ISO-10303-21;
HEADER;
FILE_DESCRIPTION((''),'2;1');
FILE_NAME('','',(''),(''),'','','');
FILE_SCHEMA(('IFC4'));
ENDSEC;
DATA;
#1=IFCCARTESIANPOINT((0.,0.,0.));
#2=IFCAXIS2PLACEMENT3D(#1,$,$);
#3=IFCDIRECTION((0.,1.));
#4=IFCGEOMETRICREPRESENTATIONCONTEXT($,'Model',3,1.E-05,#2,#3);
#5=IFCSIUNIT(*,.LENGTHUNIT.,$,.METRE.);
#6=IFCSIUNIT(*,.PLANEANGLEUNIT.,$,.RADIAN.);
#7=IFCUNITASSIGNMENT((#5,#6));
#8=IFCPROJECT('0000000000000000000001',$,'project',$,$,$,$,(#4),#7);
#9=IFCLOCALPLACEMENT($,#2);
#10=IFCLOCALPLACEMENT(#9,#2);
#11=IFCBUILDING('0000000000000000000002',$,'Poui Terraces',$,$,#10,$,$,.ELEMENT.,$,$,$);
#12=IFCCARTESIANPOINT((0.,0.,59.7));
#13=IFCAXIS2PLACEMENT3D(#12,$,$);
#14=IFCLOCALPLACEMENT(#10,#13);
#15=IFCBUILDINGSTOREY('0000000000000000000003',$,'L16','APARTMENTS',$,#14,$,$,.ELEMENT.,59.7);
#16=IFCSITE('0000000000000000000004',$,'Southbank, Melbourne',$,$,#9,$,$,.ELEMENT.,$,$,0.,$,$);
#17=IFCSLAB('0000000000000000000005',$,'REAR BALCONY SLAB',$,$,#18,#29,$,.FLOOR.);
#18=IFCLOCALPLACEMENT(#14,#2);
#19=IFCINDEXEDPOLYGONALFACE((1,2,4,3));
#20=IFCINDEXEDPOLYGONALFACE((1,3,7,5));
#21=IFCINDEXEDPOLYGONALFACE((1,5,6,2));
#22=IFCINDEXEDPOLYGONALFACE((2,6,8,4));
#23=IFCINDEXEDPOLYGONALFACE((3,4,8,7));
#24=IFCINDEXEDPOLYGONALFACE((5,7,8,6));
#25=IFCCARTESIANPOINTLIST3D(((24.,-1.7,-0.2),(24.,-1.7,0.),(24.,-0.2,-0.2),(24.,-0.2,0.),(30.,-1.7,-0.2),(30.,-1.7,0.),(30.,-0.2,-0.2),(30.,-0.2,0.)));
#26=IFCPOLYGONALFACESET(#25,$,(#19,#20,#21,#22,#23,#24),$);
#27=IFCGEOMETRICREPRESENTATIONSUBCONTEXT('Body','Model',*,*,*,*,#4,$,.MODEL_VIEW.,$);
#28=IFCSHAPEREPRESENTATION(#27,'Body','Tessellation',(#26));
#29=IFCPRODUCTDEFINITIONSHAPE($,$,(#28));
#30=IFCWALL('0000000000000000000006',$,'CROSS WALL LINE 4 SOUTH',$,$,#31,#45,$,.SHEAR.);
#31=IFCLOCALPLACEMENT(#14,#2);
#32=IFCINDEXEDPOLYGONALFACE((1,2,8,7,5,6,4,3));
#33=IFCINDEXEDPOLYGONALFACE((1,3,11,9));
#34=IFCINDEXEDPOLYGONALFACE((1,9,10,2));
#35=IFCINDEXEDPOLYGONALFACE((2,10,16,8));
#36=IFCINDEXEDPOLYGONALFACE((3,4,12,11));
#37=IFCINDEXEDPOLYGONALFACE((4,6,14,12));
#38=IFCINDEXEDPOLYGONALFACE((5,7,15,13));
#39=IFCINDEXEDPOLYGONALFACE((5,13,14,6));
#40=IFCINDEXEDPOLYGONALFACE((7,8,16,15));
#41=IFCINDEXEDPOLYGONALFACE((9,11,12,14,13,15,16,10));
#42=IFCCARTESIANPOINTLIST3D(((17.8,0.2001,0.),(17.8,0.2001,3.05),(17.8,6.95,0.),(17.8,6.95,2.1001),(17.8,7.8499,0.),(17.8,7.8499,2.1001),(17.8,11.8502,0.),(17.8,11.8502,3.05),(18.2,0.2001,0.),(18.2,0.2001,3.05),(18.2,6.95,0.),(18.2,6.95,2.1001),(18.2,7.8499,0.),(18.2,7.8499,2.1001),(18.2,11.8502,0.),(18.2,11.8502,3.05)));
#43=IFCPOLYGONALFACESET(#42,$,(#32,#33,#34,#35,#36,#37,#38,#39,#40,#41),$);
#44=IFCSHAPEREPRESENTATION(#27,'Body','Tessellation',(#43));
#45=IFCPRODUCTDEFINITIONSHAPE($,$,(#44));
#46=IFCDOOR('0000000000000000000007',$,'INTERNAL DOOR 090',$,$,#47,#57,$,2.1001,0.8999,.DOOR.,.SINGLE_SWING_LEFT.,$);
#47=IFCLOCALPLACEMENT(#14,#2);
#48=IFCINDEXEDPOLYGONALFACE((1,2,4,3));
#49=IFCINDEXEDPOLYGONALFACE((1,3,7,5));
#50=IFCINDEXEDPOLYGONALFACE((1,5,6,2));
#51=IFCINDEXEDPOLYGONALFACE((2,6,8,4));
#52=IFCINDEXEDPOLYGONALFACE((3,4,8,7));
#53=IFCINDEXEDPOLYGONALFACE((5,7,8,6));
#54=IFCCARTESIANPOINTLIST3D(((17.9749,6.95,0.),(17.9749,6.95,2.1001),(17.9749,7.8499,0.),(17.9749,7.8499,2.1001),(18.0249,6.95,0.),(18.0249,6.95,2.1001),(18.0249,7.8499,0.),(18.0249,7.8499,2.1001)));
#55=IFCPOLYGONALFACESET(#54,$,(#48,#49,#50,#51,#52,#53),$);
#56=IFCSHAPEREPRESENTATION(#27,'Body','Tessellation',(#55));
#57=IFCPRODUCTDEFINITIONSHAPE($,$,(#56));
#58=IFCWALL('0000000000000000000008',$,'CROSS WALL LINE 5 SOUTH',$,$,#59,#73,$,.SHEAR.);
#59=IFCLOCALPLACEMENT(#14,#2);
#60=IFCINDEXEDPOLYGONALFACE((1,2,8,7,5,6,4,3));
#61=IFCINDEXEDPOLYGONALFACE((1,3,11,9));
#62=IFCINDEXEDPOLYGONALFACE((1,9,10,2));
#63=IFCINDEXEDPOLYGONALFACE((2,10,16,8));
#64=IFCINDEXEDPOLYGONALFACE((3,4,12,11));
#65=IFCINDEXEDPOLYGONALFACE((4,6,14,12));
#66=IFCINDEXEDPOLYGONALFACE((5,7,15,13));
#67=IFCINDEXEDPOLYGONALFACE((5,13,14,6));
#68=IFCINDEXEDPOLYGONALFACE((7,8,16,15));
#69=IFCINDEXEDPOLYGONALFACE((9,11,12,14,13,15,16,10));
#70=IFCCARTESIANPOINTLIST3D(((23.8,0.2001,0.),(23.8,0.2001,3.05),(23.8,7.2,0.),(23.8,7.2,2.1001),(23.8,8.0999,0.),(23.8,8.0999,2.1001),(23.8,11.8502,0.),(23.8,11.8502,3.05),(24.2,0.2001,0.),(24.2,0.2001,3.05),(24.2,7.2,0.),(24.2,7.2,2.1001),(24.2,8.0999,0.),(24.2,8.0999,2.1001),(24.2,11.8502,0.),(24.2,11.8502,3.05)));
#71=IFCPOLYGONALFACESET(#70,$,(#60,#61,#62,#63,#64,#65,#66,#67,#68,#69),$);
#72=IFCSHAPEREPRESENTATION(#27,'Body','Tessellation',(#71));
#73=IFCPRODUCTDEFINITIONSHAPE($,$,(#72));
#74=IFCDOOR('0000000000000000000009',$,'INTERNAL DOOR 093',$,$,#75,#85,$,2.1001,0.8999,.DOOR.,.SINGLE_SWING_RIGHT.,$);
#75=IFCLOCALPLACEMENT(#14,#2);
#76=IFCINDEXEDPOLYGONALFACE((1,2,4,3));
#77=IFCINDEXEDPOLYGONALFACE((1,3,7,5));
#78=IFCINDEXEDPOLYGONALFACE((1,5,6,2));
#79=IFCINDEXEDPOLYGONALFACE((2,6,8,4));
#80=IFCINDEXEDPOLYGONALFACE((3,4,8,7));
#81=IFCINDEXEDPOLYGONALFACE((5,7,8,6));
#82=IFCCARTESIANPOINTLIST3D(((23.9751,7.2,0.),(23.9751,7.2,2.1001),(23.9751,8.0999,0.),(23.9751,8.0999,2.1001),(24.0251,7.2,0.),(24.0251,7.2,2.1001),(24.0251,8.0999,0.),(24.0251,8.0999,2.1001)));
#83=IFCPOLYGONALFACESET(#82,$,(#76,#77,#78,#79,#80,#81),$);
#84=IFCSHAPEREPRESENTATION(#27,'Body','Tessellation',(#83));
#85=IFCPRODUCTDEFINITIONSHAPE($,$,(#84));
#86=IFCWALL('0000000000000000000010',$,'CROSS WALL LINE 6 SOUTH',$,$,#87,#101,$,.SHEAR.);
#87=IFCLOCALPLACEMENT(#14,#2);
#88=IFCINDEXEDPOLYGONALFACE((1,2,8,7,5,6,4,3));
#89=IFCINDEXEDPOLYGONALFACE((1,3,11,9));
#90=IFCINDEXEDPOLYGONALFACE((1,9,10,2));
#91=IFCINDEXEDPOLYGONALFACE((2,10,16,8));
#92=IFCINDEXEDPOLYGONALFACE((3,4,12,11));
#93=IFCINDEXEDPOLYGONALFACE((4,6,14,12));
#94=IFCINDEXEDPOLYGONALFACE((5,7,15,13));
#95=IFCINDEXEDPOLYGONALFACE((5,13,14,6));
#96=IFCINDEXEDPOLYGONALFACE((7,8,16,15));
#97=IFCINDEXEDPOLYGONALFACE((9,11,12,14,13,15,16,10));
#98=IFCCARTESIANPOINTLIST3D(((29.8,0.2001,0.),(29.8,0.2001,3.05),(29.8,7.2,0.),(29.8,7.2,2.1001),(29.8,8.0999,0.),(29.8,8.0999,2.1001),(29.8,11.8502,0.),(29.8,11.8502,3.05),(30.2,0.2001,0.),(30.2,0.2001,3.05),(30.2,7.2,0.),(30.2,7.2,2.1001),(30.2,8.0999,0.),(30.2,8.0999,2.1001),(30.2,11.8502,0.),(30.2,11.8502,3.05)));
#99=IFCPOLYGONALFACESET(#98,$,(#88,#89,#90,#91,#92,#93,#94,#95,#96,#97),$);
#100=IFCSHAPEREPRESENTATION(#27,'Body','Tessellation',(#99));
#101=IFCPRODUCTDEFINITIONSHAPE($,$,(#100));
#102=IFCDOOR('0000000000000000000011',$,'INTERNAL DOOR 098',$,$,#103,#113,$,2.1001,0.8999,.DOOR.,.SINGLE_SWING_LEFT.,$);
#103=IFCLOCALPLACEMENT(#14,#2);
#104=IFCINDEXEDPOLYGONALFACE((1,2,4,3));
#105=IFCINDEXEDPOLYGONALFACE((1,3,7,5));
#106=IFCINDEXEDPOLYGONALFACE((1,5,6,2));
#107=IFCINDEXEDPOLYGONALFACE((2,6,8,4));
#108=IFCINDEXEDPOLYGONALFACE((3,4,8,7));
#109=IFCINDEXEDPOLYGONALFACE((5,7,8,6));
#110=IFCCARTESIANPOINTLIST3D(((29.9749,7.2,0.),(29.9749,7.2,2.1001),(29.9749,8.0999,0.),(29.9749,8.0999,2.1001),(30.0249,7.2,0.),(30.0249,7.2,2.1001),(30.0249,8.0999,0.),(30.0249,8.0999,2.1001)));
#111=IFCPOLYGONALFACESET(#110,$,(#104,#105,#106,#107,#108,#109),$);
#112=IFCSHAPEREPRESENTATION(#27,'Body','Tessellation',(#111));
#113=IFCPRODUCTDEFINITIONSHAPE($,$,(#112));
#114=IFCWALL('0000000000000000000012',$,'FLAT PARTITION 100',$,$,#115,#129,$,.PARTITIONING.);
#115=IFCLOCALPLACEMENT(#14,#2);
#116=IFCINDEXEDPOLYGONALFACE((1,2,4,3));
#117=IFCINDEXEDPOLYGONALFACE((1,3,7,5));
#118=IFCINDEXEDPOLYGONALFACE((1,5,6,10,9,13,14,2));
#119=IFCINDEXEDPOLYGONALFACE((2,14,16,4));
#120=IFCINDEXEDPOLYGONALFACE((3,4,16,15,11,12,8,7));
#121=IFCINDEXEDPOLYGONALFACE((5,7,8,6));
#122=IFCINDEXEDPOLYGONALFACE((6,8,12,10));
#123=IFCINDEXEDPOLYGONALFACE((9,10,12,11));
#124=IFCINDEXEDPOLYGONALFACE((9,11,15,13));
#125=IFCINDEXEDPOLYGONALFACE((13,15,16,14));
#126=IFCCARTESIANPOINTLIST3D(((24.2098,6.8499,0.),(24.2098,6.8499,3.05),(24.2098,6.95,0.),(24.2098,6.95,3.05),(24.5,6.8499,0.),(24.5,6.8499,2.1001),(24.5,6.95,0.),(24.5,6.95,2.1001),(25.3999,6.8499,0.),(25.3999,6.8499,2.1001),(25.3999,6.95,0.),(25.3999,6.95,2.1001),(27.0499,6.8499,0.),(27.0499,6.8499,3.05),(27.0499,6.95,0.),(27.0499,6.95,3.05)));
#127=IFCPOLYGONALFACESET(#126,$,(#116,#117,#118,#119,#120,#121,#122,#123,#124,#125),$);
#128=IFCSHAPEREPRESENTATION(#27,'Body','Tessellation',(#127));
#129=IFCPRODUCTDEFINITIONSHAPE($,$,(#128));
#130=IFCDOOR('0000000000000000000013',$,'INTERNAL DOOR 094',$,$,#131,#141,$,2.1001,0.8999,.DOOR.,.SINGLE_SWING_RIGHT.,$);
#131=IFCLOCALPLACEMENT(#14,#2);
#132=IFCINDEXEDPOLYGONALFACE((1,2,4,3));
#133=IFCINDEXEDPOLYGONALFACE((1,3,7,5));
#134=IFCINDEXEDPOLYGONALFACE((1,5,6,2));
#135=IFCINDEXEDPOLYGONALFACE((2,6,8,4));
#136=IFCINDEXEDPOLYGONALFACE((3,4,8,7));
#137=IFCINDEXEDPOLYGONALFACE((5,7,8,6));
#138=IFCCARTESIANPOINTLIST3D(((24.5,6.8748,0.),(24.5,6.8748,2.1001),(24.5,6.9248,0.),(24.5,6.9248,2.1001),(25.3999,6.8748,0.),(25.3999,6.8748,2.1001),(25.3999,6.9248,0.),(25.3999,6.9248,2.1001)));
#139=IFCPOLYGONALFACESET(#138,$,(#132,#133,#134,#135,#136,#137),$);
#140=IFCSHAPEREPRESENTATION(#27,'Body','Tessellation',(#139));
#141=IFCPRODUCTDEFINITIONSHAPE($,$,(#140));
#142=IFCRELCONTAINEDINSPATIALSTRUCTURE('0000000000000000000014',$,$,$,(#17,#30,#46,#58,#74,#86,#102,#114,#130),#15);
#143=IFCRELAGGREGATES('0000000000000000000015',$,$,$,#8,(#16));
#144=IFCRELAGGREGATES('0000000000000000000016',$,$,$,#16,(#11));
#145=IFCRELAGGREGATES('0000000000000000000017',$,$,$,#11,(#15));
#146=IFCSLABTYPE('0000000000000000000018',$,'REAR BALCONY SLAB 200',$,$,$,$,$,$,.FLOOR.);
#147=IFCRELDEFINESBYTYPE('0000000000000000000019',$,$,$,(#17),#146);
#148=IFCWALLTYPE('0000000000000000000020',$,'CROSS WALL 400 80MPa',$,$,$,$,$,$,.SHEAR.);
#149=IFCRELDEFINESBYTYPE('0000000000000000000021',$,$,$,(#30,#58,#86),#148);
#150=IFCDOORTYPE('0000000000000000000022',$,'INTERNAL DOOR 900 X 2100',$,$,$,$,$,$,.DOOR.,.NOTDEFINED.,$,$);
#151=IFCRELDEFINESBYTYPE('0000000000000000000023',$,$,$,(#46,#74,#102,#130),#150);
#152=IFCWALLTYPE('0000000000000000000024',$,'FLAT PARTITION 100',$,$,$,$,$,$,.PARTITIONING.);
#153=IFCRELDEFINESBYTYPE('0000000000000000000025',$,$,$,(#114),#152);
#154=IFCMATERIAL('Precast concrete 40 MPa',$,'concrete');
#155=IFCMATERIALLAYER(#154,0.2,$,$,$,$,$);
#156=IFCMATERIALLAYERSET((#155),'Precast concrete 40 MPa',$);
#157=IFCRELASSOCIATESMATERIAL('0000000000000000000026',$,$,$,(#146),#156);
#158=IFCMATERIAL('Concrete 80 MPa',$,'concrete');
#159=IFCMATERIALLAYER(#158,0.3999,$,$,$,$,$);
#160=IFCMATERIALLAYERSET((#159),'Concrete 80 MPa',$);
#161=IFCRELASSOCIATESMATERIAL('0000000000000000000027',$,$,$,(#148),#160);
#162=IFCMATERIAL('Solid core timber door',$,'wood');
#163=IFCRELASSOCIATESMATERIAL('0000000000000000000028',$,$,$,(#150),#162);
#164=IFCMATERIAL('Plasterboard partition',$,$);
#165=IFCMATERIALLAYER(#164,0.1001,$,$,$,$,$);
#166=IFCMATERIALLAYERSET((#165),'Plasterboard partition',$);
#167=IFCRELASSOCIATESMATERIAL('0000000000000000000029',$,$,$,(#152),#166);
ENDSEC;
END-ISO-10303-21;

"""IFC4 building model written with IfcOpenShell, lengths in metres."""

from ifc_helpers import new_model, si_unit, direction, frame, frame_2d, origin, place, context, subcontext, project, spatial, polyline, rectangle, outline, extrude, source, transform, mapped, material, layer, layer_set, type_object, element, fill, save


model = new_model("IFC4")

# Units and contexts
model_context = context("Model", 3, precision=1e-05, world=origin(), true_north=direction((0.0, 1.0)))
body_context = subcontext(model_context, "Body", "Model", "MODEL_VIEW")
ifc_project = project(units=[si_unit("LENGTHUNIT", "METRE"), si_unit("PLANEANGLEUNIT", "RADIAN")], contexts=[model_context])

# Site, building, storey
site_placement = place(None, origin())
site = spatial("IfcSite", under=ifc_project, at=site_placement, Name="Southbank, Melbourne", CompositionType="ELEMENT", RefElevation=0.0)
building_placement = place(site_placement, origin())
building = spatial("IfcBuilding", under=site, at=building_placement, Name="Poui Terraces", CompositionType="ELEMENT")
storey_placement = place(building_placement, frame((0.0, 0.0, 59.7)))
storey = spatial("IfcBuildingStorey", under=building, at=storey_placement, Name="L16", Description="APARTMENTS", CompositionType="ELEMENT", Elevation=59.7)

# Slab
ifc_material_1 = material(Name="Precast concrete 40 MPa", Category="concrete")
ifc_layer_1 = layer(ifc_material_1, 0.2)
ifc_layer_set_1 = layer_set([ifc_layer_1], Name="Precast concrete 40 MPa")
slab_type = type_object("IfcSlabType", Name="REAR BALCONY SLAB 200", PredefinedType="FLOOR", material=ifc_layer_set_1)
shared_shape_1 = source(origin(), body_context, "Body", "SweptSolid", [
    extrude(outline(polyline([(0.0, 0.0), (6.0, 0.0), (6.0, 1.5), (0.0, 1.5), (0.0, 0.0)])), origin(), (0.0, 0.0, 1.0), 0.2),
])
slab_placement = place(storey_placement, frame((24.0, -1.7, -0.2)))
element("IfcSlab", 1, at=slab_placement, inside=storey, type_object=slab_type, Name="REAR BALCONY SLAB", PredefinedType="FLOOR", context=body_context, shape_type="MappedRepresentation", body=[
    mapped(shared_shape_1, transform((0.0, 0.0, 0.0))),
])

# Walls, openings, doors
ifc_material_2 = material(Name="Concrete 80 MPa", Category="concrete")
ifc_layer_2 = layer(ifc_material_2, 0.3999)
ifc_layer_set_2 = layer_set([ifc_layer_2], Name="Concrete 80 MPa")
wall_type_1 = type_object("IfcWallType", Name="CROSS WALL 400 80MPa", PredefinedType="SHEAR", material=ifc_layer_set_2)
wall_1_placement = place(storey_placement, frame((18.0, 0.2, 0.0), z_axis=(0.0, 0.0, 1.0), x_axis=(0.0, 1.0, 0.0)))
wall_1 = element("IfcWall", 2, at=wall_1_placement, inside=storey, type_object=wall_type_1, Name="CROSS WALL LINE 4 SOUTH", PredefinedType="SHEAR", context=body_context, shape_type="SweptSolid", body=[
    extrude(rectangle(XDim=11.6501, YDim=0.3999, at=frame_2d((5.8252, 0.0))), origin(), (0.0, 0.0, 1.0), 3.05),
])
opening_1_placement = place(wall_1_placement, frame((6.75, 0.0, 0.0)))
opening_1 = element("IfcOpeningElement", 3, at=opening_1_placement, cuts=wall_1, PredefinedType="OPENING", context=body_context, shape_type="SweptSolid", body=[
    extrude(rectangle(XDim=0.8999, YDim=2.1001, at=frame_2d((0.45, 1.05))), frame((0.0, 0.21, 0.0), z_axis=(0.0, -1.0, 0.0), x_axis=(1.0, 0.0, 0.0)), (0.0, 0.0, 1.0), 0.4199),
])
ifc_material_3 = material(Name="Solid core timber door", Category="wood")
door_type_1 = type_object("IfcDoorType", Name="INTERNAL DOOR 900 X 2100", OperationType="NOTDEFINED", PredefinedType="DOOR", material=ifc_material_3)
door_1_placement = place(opening_1_placement, frame((0.8999, 0.0, 0.0), z_axis=(0.0, 0.0, 1.0), x_axis=(-1.0, 0.0, 0.0)))
door_1 = element("IfcDoor", 4, at=door_1_placement, inside=storey, type_object=door_type_1, Name="INTERNAL DOOR 090", OperationType="SINGLE_SWING_LEFT", OverallHeight=2.1001, OverallWidth=0.8999, PredefinedType="DOOR", context=body_context, shape_type="SweptSolid", body=[
    extrude(rectangle(XDim=0.8999, YDim=2.1001, at=frame_2d((0.45, 1.05))), frame((0.0, 0.0249, 0.0), z_axis=(0.0, -1.0, 0.0), x_axis=(1.0, 0.0, 0.0)), (0.0, 0.0, 1.0), 0.05),
])
fill(opening_1, door_1)
wall_2_placement = place(storey_placement, frame((24.0, 0.2, 0.0), z_axis=(0.0, 0.0, 1.0), x_axis=(0.0, 1.0, 0.0)))
wall_2 = element("IfcWall", 5, at=wall_2_placement, inside=storey, type_object=wall_type_1, Name="CROSS WALL LINE 5 SOUTH", PredefinedType="SHEAR", context=body_context, shape_type="SweptSolid", body=[
    extrude(rectangle(XDim=11.6501, YDim=0.3999, at=frame_2d((5.8252, 0.0))), origin(), (0.0, 0.0, 1.0), 3.05),
])
opening_2_placement = place(wall_2_placement, frame((7.0, 0.0, 0.0)))
opening_2 = element("IfcOpeningElement", 6, at=opening_2_placement, cuts=wall_2, PredefinedType="OPENING", context=body_context, shape_type="SweptSolid", body=[
    extrude(rectangle(XDim=0.8999, YDim=2.1001, at=frame_2d((0.45, 1.05))), frame((0.0, 0.21, 0.0), z_axis=(0.0, -1.0, 0.0), x_axis=(1.0, 0.0, 0.0)), (0.0, 0.0, 1.0), 0.4199),
])
door_2_placement = place(opening_2_placement, origin())
door_2 = element("IfcDoor", 7, at=door_2_placement, inside=storey, type_object=door_type_1, Name="INTERNAL DOOR 093", OperationType="SINGLE_SWING_RIGHT", OverallHeight=2.1001, OverallWidth=0.8999, PredefinedType="DOOR", context=body_context, shape_type="SweptSolid", body=[
    extrude(rectangle(XDim=0.8999, YDim=2.1001, at=frame_2d((0.45, 1.05))), frame((0.0, 0.0249, 0.0), z_axis=(0.0, -1.0, 0.0), x_axis=(1.0, 0.0, 0.0)), (0.0, 0.0, 1.0), 0.05),
])
fill(opening_2, door_2)
wall_3_placement = place(storey_placement, frame((30.0, 0.2, 0.0), z_axis=(0.0, 0.0, 1.0), x_axis=(0.0, 1.0, 0.0)))
wall_3 = element("IfcWall", 8, at=wall_3_placement, inside=storey, type_object=wall_type_1, Name="CROSS WALL LINE 6 SOUTH", PredefinedType="SHEAR", context=body_context, shape_type="SweptSolid", body=[
    extrude(rectangle(XDim=11.6501, YDim=0.3999, at=frame_2d((5.8252, 0.0))), origin(), (0.0, 0.0, 1.0), 3.05),
])
opening_3_placement = place(wall_3_placement, frame((7.0, 0.0, 0.0)))
opening_3 = element("IfcOpeningElement", 9, at=opening_3_placement, cuts=wall_3, PredefinedType="OPENING", context=body_context, shape_type="SweptSolid", body=[
    extrude(rectangle(XDim=0.8999, YDim=2.1001, at=frame_2d((0.45, 1.05))), frame((0.0, 0.21, 0.0), z_axis=(0.0, -1.0, 0.0), x_axis=(1.0, 0.0, 0.0)), (0.0, 0.0, 1.0), 0.4199),
])
door_3_placement = place(opening_3_placement, frame((0.8999, 0.0, 0.0), z_axis=(0.0, 0.0, 1.0), x_axis=(-1.0, 0.0, 0.0)))
door_3 = element("IfcDoor", 10, at=door_3_placement, inside=storey, type_object=door_type_1, Name="INTERNAL DOOR 098", OperationType="SINGLE_SWING_LEFT", OverallHeight=2.1001, OverallWidth=0.8999, PredefinedType="DOOR", context=body_context, shape_type="SweptSolid", body=[
    extrude(rectangle(XDim=0.8999, YDim=2.1001, at=frame_2d((0.45, 1.05))), frame((0.0, 0.0249, 0.0), z_axis=(0.0, -1.0, 0.0), x_axis=(1.0, 0.0, 0.0)), (0.0, 0.0, 1.0), 0.05),
])
fill(opening_3, door_3)
ifc_material_4 = material(Name="Plasterboard partition")
ifc_layer_3 = layer(ifc_material_4, 0.1001)
ifc_layer_set_3 = layer_set([ifc_layer_3], Name="Plasterboard partition")
wall_type_2 = type_object("IfcWallType", Name="FLAT PARTITION 100", PredefinedType="PARTITIONING", material=ifc_layer_set_3)
wall_4_placement = place(storey_placement, frame((24.21, 6.8999, 0.0), z_axis=(0.0, 0.0, 1.0), x_axis=(1.0, 0.0, 0.0)))
wall_4 = element("IfcWall", 11, at=wall_4_placement, inside=storey, type_object=wall_type_2, Name="FLAT PARTITION 100", PredefinedType="PARTITIONING", context=body_context, shape_type="SweptSolid", body=[
    extrude(rectangle(XDim=2.8401, YDim=0.1001, at=frame_2d((1.4199, 0.0))), origin(), (0.0, 0.0, 1.0), 3.05),
])
opening_4_placement = place(wall_4_placement, frame((0.29, 0.0, 0.0)))
opening_4 = element("IfcOpeningElement", 12, at=opening_4_placement, cuts=wall_4, PredefinedType="OPENING", context=body_context, shape_type="SweptSolid", body=[
    extrude(rectangle(XDim=0.8999, YDim=2.1001, at=frame_2d((0.45, 1.05))), frame((0.0, 0.0601, 0.0), z_axis=(0.0, -1.0, 0.0), x_axis=(1.0, 0.0, 0.0)), (0.0, 0.0, 1.0), 0.1201),
])
door_4_placement = place(opening_4_placement, origin())
door_4 = element("IfcDoor", 13, at=door_4_placement, inside=storey, type_object=door_type_1, Name="INTERNAL DOOR 094", OperationType="SINGLE_SWING_RIGHT", OverallHeight=2.1001, OverallWidth=0.8999, PredefinedType="DOOR", context=body_context, shape_type="SweptSolid", body=[
    extrude(rectangle(XDim=0.8999, YDim=2.1001, at=frame_2d((0.45, 1.05))), frame((0.0, 0.0249, 0.0), z_axis=(0.0, -1.0, 0.0), x_axis=(1.0, 0.0, 0.0)), (0.0, 0.0, 1.0), 0.05),
])
fill(opening_4, door_4)

save(model, "model.ifc")
